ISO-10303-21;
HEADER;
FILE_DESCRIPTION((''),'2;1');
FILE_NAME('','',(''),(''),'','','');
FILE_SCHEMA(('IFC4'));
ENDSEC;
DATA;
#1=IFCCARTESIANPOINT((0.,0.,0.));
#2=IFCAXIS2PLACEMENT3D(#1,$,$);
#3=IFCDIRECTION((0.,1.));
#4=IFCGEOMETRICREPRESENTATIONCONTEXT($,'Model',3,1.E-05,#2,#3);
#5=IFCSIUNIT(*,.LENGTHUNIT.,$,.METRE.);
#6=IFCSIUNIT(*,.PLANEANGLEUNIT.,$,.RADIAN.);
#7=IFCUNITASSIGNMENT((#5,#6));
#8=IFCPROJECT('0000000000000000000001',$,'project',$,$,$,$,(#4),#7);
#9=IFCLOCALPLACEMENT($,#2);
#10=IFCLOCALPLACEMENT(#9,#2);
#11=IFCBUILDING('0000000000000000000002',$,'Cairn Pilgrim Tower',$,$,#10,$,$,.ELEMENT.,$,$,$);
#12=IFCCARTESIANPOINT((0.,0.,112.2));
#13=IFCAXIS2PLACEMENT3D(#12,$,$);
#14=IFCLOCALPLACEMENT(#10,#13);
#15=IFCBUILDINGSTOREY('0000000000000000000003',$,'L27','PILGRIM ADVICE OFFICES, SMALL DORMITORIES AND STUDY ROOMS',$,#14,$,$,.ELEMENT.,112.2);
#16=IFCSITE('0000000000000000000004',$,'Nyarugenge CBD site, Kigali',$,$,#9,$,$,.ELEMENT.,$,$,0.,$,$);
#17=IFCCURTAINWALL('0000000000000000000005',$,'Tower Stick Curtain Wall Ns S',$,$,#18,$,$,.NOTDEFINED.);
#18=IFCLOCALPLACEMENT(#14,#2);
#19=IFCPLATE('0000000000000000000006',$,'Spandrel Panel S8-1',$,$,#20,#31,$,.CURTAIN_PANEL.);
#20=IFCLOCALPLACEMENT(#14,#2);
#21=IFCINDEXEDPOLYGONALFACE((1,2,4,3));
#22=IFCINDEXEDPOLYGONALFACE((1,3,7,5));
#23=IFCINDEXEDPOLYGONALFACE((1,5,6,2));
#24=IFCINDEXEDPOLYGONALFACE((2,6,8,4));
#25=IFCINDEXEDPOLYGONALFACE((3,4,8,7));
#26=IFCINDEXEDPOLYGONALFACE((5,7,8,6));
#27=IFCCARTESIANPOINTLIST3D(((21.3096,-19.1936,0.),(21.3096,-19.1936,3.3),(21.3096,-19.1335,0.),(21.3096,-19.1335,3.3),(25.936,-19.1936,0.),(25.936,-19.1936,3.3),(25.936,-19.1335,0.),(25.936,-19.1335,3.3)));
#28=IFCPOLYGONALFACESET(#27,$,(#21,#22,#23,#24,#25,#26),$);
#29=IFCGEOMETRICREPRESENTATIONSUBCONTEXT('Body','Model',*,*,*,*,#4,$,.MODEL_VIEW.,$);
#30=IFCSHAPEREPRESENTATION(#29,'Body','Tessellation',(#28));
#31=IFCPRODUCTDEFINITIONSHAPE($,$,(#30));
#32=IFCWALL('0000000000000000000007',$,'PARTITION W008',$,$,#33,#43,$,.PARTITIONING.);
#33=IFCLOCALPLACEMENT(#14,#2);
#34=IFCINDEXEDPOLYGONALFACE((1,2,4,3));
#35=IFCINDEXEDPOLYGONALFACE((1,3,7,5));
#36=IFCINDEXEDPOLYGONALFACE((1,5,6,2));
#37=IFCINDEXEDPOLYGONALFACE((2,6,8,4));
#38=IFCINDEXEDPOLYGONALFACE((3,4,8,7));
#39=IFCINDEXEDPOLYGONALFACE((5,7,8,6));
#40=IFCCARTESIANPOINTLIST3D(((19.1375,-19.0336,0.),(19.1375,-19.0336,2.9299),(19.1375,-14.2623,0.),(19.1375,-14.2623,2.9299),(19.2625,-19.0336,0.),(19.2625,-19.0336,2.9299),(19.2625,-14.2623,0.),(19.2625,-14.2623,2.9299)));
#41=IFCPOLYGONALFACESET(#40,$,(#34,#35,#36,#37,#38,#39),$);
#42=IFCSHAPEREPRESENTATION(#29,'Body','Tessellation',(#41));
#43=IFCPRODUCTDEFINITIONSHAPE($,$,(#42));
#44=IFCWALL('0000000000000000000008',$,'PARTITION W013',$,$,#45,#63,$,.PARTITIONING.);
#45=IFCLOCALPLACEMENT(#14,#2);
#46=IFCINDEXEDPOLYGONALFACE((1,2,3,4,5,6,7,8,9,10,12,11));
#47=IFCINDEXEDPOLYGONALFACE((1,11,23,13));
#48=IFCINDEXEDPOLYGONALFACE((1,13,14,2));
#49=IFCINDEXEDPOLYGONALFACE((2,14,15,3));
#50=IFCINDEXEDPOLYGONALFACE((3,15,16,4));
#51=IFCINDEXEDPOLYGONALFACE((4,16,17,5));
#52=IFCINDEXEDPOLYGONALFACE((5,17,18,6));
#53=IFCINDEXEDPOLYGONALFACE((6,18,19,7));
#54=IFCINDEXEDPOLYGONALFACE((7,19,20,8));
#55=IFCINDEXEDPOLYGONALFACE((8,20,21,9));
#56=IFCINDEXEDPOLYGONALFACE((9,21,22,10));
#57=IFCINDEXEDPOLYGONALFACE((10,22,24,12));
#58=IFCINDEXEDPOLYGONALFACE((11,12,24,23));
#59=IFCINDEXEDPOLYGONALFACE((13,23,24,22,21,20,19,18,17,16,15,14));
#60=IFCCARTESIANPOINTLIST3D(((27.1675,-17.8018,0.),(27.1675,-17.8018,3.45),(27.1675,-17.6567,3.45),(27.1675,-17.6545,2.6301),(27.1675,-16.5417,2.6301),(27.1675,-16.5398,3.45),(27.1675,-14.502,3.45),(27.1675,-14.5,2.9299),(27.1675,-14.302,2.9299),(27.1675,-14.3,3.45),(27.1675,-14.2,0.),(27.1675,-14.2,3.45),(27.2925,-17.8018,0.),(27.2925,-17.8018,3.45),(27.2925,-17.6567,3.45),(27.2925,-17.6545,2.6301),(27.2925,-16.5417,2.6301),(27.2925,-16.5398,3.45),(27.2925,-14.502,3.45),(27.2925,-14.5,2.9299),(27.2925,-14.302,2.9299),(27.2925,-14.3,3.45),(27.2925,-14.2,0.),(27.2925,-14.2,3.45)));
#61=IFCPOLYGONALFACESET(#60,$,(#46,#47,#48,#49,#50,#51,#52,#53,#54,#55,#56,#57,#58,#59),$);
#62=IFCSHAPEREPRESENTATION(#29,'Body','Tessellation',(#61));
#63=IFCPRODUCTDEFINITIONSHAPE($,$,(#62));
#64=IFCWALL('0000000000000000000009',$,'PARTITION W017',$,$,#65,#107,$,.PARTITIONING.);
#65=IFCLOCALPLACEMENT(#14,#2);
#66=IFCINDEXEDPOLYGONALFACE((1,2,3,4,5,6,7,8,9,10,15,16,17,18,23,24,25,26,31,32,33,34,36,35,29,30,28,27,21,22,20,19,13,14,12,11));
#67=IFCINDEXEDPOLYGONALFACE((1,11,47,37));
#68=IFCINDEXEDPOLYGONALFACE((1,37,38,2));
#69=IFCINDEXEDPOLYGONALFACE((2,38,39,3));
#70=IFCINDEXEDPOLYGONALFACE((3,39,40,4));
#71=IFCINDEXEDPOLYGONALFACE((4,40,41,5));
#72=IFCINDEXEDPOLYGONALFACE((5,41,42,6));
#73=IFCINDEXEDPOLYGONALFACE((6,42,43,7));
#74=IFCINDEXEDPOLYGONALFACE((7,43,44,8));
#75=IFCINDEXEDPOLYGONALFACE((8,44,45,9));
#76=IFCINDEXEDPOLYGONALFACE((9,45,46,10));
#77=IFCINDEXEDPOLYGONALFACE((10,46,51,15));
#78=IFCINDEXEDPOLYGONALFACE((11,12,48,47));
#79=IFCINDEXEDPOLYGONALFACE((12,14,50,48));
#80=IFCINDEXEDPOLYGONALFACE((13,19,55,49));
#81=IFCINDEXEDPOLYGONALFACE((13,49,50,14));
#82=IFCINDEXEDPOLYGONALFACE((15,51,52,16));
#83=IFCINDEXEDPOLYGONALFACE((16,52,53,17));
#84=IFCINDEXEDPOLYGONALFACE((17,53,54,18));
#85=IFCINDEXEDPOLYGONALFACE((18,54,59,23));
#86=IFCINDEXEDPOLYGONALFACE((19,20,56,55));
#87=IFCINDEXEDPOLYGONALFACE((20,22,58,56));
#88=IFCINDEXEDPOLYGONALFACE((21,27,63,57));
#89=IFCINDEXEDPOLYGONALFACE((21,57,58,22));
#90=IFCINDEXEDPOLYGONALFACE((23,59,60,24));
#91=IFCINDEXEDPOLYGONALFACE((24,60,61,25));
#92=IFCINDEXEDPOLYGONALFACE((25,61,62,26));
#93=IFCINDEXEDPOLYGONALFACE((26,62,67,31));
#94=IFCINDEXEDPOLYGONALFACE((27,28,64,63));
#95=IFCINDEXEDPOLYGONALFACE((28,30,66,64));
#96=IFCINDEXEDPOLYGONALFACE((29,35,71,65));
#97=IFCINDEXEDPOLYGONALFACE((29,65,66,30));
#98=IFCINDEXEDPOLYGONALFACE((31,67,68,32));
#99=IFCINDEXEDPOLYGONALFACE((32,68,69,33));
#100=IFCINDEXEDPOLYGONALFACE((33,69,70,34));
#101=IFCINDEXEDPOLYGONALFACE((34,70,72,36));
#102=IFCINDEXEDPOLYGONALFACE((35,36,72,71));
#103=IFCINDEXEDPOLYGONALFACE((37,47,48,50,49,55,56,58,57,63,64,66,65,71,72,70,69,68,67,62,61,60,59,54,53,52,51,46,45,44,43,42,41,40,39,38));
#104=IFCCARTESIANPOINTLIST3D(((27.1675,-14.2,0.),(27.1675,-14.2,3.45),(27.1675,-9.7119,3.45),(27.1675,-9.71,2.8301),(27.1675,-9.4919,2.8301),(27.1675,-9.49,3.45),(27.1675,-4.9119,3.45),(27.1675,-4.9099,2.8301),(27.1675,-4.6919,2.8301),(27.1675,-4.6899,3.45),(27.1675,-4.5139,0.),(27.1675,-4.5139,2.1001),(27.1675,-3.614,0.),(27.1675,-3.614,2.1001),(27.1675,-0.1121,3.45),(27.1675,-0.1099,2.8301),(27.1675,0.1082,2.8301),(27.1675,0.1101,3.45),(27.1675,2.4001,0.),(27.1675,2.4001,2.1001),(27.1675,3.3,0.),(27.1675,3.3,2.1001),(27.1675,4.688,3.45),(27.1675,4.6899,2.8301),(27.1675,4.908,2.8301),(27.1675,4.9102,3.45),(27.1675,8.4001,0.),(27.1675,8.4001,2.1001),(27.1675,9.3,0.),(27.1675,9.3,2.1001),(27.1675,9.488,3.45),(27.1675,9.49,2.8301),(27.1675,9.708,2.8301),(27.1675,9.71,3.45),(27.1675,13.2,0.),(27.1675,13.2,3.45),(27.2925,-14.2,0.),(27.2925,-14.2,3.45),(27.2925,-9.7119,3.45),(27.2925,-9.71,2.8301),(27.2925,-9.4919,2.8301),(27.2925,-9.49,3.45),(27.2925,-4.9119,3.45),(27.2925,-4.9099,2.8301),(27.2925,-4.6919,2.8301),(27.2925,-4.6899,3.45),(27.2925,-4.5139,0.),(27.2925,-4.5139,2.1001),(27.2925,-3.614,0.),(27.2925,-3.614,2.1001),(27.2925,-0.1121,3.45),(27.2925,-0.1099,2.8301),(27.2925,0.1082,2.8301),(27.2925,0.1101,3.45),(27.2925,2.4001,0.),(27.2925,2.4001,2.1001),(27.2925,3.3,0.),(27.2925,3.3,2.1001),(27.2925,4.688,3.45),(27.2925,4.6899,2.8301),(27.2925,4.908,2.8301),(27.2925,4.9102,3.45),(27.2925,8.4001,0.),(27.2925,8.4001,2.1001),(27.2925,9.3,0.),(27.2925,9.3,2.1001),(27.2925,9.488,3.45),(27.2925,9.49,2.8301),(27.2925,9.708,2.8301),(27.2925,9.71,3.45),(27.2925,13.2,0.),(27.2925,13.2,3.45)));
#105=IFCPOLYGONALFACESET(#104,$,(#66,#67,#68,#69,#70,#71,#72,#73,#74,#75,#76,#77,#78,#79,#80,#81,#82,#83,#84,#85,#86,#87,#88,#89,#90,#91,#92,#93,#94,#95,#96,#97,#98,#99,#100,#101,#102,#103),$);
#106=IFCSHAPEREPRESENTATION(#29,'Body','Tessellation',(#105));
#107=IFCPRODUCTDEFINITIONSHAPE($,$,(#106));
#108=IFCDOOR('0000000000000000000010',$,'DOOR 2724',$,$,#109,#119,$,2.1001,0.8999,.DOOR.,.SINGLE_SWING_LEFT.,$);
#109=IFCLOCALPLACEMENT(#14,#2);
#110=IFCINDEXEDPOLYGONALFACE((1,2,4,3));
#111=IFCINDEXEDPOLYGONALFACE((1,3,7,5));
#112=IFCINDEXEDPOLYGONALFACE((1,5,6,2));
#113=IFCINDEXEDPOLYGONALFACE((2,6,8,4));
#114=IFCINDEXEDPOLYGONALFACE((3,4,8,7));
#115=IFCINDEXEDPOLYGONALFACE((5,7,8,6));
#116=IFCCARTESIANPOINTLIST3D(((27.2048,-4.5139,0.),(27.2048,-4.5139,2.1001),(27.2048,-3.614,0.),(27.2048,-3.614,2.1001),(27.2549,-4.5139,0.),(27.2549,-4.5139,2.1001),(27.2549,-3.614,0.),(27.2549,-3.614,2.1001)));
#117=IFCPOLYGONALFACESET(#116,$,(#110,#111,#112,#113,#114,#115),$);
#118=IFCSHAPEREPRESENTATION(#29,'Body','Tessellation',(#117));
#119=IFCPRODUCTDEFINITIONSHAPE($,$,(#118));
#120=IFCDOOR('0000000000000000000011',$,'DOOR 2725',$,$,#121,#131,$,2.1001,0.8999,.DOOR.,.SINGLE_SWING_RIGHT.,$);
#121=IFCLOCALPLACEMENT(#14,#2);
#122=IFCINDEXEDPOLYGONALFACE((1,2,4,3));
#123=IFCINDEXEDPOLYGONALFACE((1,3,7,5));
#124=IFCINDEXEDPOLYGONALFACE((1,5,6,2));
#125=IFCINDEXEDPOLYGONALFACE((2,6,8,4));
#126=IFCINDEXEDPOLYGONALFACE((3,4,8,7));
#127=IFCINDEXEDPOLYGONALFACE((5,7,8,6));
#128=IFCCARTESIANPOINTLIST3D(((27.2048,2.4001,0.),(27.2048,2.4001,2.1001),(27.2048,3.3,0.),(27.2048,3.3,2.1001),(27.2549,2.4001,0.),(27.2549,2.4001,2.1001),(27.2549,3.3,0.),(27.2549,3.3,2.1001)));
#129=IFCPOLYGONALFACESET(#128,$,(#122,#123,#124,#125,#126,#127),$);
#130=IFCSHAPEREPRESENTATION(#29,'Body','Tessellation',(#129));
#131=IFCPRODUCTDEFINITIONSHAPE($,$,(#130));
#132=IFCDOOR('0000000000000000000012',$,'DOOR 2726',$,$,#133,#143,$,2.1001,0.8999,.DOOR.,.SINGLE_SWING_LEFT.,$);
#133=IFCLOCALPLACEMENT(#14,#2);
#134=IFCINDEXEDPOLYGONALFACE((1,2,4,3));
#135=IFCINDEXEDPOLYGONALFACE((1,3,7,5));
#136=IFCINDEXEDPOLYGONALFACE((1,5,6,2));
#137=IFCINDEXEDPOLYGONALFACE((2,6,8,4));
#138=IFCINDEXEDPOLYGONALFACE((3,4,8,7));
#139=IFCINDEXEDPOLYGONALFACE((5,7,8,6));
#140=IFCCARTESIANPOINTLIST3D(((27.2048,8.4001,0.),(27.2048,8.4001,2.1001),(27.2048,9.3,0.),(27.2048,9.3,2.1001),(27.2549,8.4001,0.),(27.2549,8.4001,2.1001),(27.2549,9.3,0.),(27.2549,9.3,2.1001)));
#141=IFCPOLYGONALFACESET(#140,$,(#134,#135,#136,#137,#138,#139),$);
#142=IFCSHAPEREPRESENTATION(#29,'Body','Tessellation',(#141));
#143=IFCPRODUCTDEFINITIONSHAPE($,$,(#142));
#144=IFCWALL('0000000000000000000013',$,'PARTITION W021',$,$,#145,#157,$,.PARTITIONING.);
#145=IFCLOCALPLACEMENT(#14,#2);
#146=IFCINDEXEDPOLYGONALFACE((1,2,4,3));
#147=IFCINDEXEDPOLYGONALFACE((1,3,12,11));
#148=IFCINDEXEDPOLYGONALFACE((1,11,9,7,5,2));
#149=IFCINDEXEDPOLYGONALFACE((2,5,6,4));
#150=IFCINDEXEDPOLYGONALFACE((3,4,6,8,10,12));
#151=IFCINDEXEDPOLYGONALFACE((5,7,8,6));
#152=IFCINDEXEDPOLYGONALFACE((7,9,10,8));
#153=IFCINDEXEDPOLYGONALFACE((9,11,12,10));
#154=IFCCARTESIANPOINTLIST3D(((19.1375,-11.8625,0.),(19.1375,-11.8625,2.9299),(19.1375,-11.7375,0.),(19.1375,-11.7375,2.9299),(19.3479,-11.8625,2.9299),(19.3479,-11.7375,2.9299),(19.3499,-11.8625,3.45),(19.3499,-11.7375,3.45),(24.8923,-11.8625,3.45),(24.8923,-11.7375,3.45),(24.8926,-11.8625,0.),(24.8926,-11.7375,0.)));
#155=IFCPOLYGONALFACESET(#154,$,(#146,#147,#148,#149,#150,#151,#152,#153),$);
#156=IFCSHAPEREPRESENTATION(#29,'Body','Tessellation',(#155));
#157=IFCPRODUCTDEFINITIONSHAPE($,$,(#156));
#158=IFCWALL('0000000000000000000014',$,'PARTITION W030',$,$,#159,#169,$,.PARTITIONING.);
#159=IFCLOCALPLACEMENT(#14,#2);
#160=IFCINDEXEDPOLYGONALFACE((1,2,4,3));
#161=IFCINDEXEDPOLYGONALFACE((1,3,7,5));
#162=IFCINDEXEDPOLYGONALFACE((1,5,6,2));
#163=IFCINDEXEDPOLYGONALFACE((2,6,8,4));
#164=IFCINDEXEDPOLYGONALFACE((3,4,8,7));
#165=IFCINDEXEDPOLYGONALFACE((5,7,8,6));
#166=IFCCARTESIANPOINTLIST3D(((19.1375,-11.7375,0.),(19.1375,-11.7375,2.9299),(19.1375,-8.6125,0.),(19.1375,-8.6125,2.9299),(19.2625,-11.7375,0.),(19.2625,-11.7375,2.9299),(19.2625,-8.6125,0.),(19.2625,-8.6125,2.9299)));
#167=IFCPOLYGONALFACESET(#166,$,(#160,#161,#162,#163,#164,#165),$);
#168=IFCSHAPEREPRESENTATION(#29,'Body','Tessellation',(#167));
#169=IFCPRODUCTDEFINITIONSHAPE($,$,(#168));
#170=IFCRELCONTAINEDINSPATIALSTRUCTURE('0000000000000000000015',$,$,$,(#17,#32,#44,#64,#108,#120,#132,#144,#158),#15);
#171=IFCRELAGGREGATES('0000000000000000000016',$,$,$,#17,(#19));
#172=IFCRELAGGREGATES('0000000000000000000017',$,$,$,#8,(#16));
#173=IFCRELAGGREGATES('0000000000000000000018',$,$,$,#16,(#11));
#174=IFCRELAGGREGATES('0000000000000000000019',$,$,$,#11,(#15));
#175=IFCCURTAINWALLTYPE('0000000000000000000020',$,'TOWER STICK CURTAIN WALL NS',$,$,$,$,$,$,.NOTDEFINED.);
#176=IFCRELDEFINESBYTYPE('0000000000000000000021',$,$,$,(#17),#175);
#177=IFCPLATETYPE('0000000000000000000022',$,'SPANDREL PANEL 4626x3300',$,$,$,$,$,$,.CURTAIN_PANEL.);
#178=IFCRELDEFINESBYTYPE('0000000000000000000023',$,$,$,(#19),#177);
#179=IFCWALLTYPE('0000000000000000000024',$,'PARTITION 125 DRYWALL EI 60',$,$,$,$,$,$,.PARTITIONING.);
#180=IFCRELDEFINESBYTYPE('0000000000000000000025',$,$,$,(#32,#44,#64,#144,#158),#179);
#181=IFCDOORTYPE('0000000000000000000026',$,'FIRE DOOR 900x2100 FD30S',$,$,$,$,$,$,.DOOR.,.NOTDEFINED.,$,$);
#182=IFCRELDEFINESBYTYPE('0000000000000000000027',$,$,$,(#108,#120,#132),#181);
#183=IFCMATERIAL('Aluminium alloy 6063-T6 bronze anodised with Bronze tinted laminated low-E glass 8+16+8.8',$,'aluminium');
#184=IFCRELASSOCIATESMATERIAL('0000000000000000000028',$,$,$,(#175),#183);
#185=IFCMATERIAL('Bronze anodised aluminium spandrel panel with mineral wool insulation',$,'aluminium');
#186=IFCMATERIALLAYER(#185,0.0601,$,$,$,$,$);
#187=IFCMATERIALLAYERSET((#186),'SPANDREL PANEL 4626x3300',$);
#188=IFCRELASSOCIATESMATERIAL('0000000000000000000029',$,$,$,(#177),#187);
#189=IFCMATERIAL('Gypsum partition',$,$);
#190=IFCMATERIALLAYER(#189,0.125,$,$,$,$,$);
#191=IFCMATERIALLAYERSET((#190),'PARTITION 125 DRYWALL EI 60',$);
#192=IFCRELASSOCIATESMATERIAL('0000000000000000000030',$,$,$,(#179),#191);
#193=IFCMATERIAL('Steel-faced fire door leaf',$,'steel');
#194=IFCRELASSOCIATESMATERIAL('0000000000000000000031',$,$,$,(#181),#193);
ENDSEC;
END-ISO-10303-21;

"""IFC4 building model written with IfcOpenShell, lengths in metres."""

from ifc_helpers import new_model, si_unit, direction, frame, frame_2d, origin, origin_2d, place, context, subcontext, project, spatial, polyline, rectangle, outline, extrude, material, layer, layer_set, type_object, element, fill, aggregate, save


model = new_model("IFC4")

# Units and contexts
model_context = context("Model", 3, precision=1e-05, world=origin(), true_north=direction((0.0, 1.0)))
body_context = subcontext(model_context, "Body", "Model", "MODEL_VIEW")
ifc_project = project(units=[si_unit("LENGTHUNIT", "METRE"), si_unit("PLANEANGLEUNIT", "RADIAN")], contexts=[model_context])

# Site, building, storey
site_placement = place(None, origin())
site = spatial("IfcSite", under=ifc_project, at=site_placement, Name="Nyarugenge CBD site, Kigali", CompositionType="ELEMENT", RefElevation=0.0)
building_placement = place(site_placement, origin())
building = spatial("IfcBuilding", under=site, at=building_placement, Name="Cairn Pilgrim Tower", CompositionType="ELEMENT")
storey_placement = place(building_placement, frame((0.0, 0.0, 112.2)))
storey = spatial("IfcBuildingStorey", under=building, at=storey_placement, Name="L27", Description="PILGRIM ADVICE OFFICES, SMALL DORMITORIES AND STUDY ROOMS", CompositionType="ELEMENT", Elevation=112.2)

# Curtain wall
ifc_material_1 = material(Name="Aluminium alloy 6063-T6 bronze anodised with Bronze tinted laminated low-E glass 8+16+8.8", Category="aluminium")
curtain_wall_type_1 = type_object("IfcCurtainWallType", Name="TOWER STICK CURTAIN WALL NS", PredefinedType="NOTDEFINED", material=ifc_material_1)
curtain_wall_1_placement = place(storey_placement, origin())
curtain_wall_1 = element("IfcCurtainWall", 1, at=curtain_wall_1_placement, inside=storey, type_object=curtain_wall_type_1, Name="Tower Stick Curtain Wall Ns S", PredefinedType="NOTDEFINED")

# Plate
ifc_material_2 = material(Name="Bronze anodised aluminium spandrel panel with mineral wool insulation", Category="aluminium")
ifc_layer_1 = layer(ifc_material_2, 0.0601)
ifc_layer_set_1 = layer_set([ifc_layer_1], Name="SPANDREL PANEL 4626x3300")
plate_type_1 = type_object("IfcPlateType", Name="SPANDREL PANEL 4626x3300", PredefinedType="CURTAIN_PANEL", material=ifc_layer_set_1)
plate_1_placement = place(storey_placement, frame((23.6228, -19.1636, 0.0), z_axis=(0.0, 0.0, 1.0), x_axis=(1.0, 0.0, 0.0)))
plate_1 = element("IfcPlate", 2, at=plate_1_placement, type_object=plate_type_1, Name="Spandrel Panel S8-1", PredefinedType="CURTAIN_PANEL", context=body_context, shape_type="SweptSolid", body=[
    extrude(rectangle(XDim=4.6265, YDim=0.0601, at=origin_2d()), origin(), (0.0, 0.0, 1.0), 3.3),
])
aggregate(curtain_wall_1, [plate_1])

# Walls
ifc_material_3 = material(Name="Gypsum partition")
ifc_layer_2 = layer(ifc_material_3, 0.125)
ifc_layer_set_2 = layer_set([ifc_layer_2], Name="PARTITION 125 DRYWALL EI 60")
wall_type = type_object("IfcWallType", Name="PARTITION 125 DRYWALL EI 60", PredefinedType="PARTITIONING", material=ifc_layer_set_2)
wall_1_placement = place(storey_placement, frame((19.2, -19.0337, 0.0), z_axis=(0.0, 0.0, 1.0), x_axis=(0.0, 1.0, 0.0)))
element("IfcWall", 3, at=wall_1_placement, inside=storey, type_object=wall_type, Name="PARTITION W008", PredefinedType="PARTITIONING", context=body_context, shape_type="SweptSolid", body=[
    extrude(rectangle(XDim=4.7712, YDim=0.125, at=frame_2d((2.3857, 0.0))), origin(), (0.0, 0.0, 1.0), 2.9299),
])
wall_2_placement = place(storey_placement, frame((27.23, -17.8018, 0.0), z_axis=(0.0, 0.0, 1.0), x_axis=(0.0, 1.0, 0.0)))
element("IfcWall", 4, at=wall_2_placement, inside=storey, type_object=wall_type, Name="PARTITION W013", PredefinedType="PARTITIONING", context=body_context, shape_type="SweptSolid", body=[
    extrude(outline(polyline([(0.0, 0.0), (3.6018, 0.0), (3.6018, 3.45), (3.5017, 3.45), (3.4998, 2.9299), (3.3018, 2.9299), (3.2998, 3.45), (1.262, 3.45), (1.26, 2.6301), (0.1472, 2.6301), (0.145, 3.45), (0.0, 3.45), (0.0, 0.0)])), frame((0.0, 0.0625, 0.0), z_axis=(0.0, -1.0, 0.0), x_axis=(1.0, 0.0, 0.0)), (0.0, 0.0, 1.0), 0.125),
])

# Wall, openings, doors
wall_3_placement = place(storey_placement, frame((27.23, -14.2, 0.0), z_axis=(0.0, 0.0, 1.0), x_axis=(0.0, 1.0, 0.0)))
wall_3 = element("IfcWall", 5, at=wall_3_placement, inside=storey, type_object=wall_type, Name="PARTITION W017", PredefinedType="PARTITIONING", context=body_context, shape_type="SweptSolid", body=[
    extrude(outline(polyline([(0.0, 0.0), (27.3999, 0.0), (27.3999, 3.45), (23.9099, 3.45), (23.908, 2.8301), (23.6899, 2.8301), (23.688, 3.45), (19.1101, 3.45), (19.1079, 2.8301), (18.8899, 2.8301), (18.8879, 3.45), (14.3101, 3.45), (14.3081, 2.8301), (14.0901, 2.8301), (14.0879, 3.45), (9.51, 3.45), (9.5081, 2.8301), (9.29, 2.8301), (9.2881, 3.45), (4.71, 3.45), (4.708, 2.8301), (4.49, 2.8301), (4.488, 3.45), (0.0, 3.45), (0.0, 0.0)])), frame((0.0, 0.0625, 0.0), z_axis=(0.0, -1.0, 0.0), x_axis=(1.0, 0.0, 0.0)), (0.0, 0.0, 1.0), 0.125),
])
opening_1_placement = place(wall_3_placement, frame((9.686, 0.0, 0.0)))
opening_1 = element("IfcOpeningElement", 6, at=opening_1_placement, cuts=wall_3, PredefinedType="OPENING", context=body_context, shape_type="SweptSolid", body=[
    extrude(rectangle(XDim=0.8999, YDim=2.1001, at=frame_2d((0.45, 1.05))), frame((0.0, 0.0725, 0.0), z_axis=(0.0, -1.0, 0.0), x_axis=(1.0, 0.0, 0.0)), (0.0, 0.0, 1.0), 0.145),
])
opening_2_placement = place(wall_3_placement, frame((16.6001, 0.0, 0.0)))
opening_2 = element("IfcOpeningElement", 7, at=opening_2_placement, cuts=wall_3, PredefinedType="OPENING", context=body_context, shape_type="SweptSolid", body=[
    extrude(rectangle(XDim=0.8999, YDim=2.1001, at=frame_2d((0.45, 1.05))), frame((0.0, 0.0725, 0.0), z_axis=(0.0, -1.0, 0.0), x_axis=(1.0, 0.0, 0.0)), (0.0, 0.0, 1.0), 0.145),
])
opening_3_placement = place(wall_3_placement, frame((22.6001, 0.0, 0.0)))
opening_3 = element("IfcOpeningElement", 8, at=opening_3_placement, cuts=wall_3, PredefinedType="OPENING", context=body_context, shape_type="SweptSolid", body=[
    extrude(rectangle(XDim=0.8999, YDim=2.1001, at=frame_2d((0.45, 1.05))), frame((0.0, 0.0725, 0.0), z_axis=(0.0, -1.0, 0.0), x_axis=(1.0, 0.0, 0.0)), (0.0, 0.0, 1.0), 0.145),
])
ifc_material_4 = material(Name="Steel-faced fire door leaf", Category="steel")
door_type = type_object("IfcDoorType", Name="FIRE DOOR 900x2100 FD30S", OperationType="NOTDEFINED", PredefinedType="DOOR", material=ifc_material_4)
door_1_placement = place(opening_1_placement, frame((0.8999, 0.0, 0.0), z_axis=(0.0, 0.0, 1.0), x_axis=(-1.0, 0.0, 0.0)))
door_1 = element("IfcDoor", 9, at=door_1_placement, inside=storey, type_object=door_type, Name="DOOR 2724", OperationType="SINGLE_SWING_LEFT", OverallHeight=2.1001, OverallWidth=0.8999, PredefinedType="DOOR", context=body_context, shape_type="SweptSolid", body=[
    extrude(rectangle(XDim=0.8999, YDim=2.1001, at=frame_2d((0.45, 1.05))), frame((0.0, 0.0249, 0.0), z_axis=(0.0, -1.0, 0.0), x_axis=(1.0, 0.0, 0.0)), (0.0, 0.0, 1.0), 0.05),
])
fill(opening_1, door_1)
door_2_placement = place(opening_2_placement, frame((0.8999, 0.0, 0.0), z_axis=(0.0, 0.0, 1.0), x_axis=(-1.0, 0.0, 0.0)))
door_2 = element("IfcDoor", 10, at=door_2_placement, inside=storey, type_object=door_type, Name="DOOR 2725", OperationType="SINGLE_SWING_RIGHT", OverallHeight=2.1001, OverallWidth=0.8999, PredefinedType="DOOR", context=body_context, shape_type="SweptSolid", body=[
    extrude(rectangle(XDim=0.8999, YDim=2.1001, at=frame_2d((0.45, 1.05))), frame((0.0, 0.0249, 0.0), z_axis=(0.0, -1.0, 0.0), x_axis=(1.0, 0.0, 0.0)), (0.0, 0.0, 1.0), 0.05),
])
fill(opening_2, door_2)
door_3_placement = place(opening_3_placement, frame((0.8999, 0.0, 0.0), z_axis=(0.0, 0.0, 1.0), x_axis=(-1.0, 0.0, 0.0)))
door_3 = element("IfcDoor", 11, at=door_3_placement, inside=storey, type_object=door_type, Name="DOOR 2726", OperationType="SINGLE_SWING_LEFT", OverallHeight=2.1001, OverallWidth=0.8999, PredefinedType="DOOR", context=body_context, shape_type="SweptSolid", body=[
    extrude(rectangle(XDim=0.8999, YDim=2.1001, at=frame_2d((0.45, 1.05))), frame((0.0, 0.0249, 0.0), z_axis=(0.0, -1.0, 0.0), x_axis=(1.0, 0.0, 0.0)), (0.0, 0.0, 1.0), 0.05),
])
fill(opening_3, door_3)

# Walls
wall_4_placement = place(storey_placement, frame((19.1375, -11.8, 0.0), z_axis=(0.0, 0.0, 1.0), x_axis=(1.0, 0.0, 0.0)))
element("IfcWall", 12, at=wall_4_placement, inside=storey, type_object=wall_type, Name="PARTITION W021", PredefinedType="PARTITIONING", context=body_context, shape_type="SweptSolid", body=[
    extrude(outline(polyline([(0.0, 0.0), (5.7551, 0.0), (5.7549, 3.45), (0.2124, 3.45), (0.2104, 2.9299), (0.0, 2.9299), (0.0, 0.0)])), frame((0.0, 0.0625, 0.0), z_axis=(0.0, -1.0, 0.0), x_axis=(1.0, 0.0, 0.0)), (0.0, 0.0, 1.0), 0.125),
])
wall_5_placement = place(storey_placement, frame((19.2, -11.7375, 0.0), z_axis=(0.0, 0.0, 1.0), x_axis=(0.0, 1.0, 0.0)))
element("IfcWall", 13, at=wall_5_placement, inside=storey, type_object=wall_type, Name="PARTITION W030", PredefinedType="PARTITIONING", context=body_context, shape_type="SweptSolid", body=[
    extrude(rectangle(XDim=3.125, YDim=0.125, at=frame_2d((1.5625, 0.0))), origin(), (0.0, 0.0, 1.0), 2.9299),
])

save(model, "model.ifc")
